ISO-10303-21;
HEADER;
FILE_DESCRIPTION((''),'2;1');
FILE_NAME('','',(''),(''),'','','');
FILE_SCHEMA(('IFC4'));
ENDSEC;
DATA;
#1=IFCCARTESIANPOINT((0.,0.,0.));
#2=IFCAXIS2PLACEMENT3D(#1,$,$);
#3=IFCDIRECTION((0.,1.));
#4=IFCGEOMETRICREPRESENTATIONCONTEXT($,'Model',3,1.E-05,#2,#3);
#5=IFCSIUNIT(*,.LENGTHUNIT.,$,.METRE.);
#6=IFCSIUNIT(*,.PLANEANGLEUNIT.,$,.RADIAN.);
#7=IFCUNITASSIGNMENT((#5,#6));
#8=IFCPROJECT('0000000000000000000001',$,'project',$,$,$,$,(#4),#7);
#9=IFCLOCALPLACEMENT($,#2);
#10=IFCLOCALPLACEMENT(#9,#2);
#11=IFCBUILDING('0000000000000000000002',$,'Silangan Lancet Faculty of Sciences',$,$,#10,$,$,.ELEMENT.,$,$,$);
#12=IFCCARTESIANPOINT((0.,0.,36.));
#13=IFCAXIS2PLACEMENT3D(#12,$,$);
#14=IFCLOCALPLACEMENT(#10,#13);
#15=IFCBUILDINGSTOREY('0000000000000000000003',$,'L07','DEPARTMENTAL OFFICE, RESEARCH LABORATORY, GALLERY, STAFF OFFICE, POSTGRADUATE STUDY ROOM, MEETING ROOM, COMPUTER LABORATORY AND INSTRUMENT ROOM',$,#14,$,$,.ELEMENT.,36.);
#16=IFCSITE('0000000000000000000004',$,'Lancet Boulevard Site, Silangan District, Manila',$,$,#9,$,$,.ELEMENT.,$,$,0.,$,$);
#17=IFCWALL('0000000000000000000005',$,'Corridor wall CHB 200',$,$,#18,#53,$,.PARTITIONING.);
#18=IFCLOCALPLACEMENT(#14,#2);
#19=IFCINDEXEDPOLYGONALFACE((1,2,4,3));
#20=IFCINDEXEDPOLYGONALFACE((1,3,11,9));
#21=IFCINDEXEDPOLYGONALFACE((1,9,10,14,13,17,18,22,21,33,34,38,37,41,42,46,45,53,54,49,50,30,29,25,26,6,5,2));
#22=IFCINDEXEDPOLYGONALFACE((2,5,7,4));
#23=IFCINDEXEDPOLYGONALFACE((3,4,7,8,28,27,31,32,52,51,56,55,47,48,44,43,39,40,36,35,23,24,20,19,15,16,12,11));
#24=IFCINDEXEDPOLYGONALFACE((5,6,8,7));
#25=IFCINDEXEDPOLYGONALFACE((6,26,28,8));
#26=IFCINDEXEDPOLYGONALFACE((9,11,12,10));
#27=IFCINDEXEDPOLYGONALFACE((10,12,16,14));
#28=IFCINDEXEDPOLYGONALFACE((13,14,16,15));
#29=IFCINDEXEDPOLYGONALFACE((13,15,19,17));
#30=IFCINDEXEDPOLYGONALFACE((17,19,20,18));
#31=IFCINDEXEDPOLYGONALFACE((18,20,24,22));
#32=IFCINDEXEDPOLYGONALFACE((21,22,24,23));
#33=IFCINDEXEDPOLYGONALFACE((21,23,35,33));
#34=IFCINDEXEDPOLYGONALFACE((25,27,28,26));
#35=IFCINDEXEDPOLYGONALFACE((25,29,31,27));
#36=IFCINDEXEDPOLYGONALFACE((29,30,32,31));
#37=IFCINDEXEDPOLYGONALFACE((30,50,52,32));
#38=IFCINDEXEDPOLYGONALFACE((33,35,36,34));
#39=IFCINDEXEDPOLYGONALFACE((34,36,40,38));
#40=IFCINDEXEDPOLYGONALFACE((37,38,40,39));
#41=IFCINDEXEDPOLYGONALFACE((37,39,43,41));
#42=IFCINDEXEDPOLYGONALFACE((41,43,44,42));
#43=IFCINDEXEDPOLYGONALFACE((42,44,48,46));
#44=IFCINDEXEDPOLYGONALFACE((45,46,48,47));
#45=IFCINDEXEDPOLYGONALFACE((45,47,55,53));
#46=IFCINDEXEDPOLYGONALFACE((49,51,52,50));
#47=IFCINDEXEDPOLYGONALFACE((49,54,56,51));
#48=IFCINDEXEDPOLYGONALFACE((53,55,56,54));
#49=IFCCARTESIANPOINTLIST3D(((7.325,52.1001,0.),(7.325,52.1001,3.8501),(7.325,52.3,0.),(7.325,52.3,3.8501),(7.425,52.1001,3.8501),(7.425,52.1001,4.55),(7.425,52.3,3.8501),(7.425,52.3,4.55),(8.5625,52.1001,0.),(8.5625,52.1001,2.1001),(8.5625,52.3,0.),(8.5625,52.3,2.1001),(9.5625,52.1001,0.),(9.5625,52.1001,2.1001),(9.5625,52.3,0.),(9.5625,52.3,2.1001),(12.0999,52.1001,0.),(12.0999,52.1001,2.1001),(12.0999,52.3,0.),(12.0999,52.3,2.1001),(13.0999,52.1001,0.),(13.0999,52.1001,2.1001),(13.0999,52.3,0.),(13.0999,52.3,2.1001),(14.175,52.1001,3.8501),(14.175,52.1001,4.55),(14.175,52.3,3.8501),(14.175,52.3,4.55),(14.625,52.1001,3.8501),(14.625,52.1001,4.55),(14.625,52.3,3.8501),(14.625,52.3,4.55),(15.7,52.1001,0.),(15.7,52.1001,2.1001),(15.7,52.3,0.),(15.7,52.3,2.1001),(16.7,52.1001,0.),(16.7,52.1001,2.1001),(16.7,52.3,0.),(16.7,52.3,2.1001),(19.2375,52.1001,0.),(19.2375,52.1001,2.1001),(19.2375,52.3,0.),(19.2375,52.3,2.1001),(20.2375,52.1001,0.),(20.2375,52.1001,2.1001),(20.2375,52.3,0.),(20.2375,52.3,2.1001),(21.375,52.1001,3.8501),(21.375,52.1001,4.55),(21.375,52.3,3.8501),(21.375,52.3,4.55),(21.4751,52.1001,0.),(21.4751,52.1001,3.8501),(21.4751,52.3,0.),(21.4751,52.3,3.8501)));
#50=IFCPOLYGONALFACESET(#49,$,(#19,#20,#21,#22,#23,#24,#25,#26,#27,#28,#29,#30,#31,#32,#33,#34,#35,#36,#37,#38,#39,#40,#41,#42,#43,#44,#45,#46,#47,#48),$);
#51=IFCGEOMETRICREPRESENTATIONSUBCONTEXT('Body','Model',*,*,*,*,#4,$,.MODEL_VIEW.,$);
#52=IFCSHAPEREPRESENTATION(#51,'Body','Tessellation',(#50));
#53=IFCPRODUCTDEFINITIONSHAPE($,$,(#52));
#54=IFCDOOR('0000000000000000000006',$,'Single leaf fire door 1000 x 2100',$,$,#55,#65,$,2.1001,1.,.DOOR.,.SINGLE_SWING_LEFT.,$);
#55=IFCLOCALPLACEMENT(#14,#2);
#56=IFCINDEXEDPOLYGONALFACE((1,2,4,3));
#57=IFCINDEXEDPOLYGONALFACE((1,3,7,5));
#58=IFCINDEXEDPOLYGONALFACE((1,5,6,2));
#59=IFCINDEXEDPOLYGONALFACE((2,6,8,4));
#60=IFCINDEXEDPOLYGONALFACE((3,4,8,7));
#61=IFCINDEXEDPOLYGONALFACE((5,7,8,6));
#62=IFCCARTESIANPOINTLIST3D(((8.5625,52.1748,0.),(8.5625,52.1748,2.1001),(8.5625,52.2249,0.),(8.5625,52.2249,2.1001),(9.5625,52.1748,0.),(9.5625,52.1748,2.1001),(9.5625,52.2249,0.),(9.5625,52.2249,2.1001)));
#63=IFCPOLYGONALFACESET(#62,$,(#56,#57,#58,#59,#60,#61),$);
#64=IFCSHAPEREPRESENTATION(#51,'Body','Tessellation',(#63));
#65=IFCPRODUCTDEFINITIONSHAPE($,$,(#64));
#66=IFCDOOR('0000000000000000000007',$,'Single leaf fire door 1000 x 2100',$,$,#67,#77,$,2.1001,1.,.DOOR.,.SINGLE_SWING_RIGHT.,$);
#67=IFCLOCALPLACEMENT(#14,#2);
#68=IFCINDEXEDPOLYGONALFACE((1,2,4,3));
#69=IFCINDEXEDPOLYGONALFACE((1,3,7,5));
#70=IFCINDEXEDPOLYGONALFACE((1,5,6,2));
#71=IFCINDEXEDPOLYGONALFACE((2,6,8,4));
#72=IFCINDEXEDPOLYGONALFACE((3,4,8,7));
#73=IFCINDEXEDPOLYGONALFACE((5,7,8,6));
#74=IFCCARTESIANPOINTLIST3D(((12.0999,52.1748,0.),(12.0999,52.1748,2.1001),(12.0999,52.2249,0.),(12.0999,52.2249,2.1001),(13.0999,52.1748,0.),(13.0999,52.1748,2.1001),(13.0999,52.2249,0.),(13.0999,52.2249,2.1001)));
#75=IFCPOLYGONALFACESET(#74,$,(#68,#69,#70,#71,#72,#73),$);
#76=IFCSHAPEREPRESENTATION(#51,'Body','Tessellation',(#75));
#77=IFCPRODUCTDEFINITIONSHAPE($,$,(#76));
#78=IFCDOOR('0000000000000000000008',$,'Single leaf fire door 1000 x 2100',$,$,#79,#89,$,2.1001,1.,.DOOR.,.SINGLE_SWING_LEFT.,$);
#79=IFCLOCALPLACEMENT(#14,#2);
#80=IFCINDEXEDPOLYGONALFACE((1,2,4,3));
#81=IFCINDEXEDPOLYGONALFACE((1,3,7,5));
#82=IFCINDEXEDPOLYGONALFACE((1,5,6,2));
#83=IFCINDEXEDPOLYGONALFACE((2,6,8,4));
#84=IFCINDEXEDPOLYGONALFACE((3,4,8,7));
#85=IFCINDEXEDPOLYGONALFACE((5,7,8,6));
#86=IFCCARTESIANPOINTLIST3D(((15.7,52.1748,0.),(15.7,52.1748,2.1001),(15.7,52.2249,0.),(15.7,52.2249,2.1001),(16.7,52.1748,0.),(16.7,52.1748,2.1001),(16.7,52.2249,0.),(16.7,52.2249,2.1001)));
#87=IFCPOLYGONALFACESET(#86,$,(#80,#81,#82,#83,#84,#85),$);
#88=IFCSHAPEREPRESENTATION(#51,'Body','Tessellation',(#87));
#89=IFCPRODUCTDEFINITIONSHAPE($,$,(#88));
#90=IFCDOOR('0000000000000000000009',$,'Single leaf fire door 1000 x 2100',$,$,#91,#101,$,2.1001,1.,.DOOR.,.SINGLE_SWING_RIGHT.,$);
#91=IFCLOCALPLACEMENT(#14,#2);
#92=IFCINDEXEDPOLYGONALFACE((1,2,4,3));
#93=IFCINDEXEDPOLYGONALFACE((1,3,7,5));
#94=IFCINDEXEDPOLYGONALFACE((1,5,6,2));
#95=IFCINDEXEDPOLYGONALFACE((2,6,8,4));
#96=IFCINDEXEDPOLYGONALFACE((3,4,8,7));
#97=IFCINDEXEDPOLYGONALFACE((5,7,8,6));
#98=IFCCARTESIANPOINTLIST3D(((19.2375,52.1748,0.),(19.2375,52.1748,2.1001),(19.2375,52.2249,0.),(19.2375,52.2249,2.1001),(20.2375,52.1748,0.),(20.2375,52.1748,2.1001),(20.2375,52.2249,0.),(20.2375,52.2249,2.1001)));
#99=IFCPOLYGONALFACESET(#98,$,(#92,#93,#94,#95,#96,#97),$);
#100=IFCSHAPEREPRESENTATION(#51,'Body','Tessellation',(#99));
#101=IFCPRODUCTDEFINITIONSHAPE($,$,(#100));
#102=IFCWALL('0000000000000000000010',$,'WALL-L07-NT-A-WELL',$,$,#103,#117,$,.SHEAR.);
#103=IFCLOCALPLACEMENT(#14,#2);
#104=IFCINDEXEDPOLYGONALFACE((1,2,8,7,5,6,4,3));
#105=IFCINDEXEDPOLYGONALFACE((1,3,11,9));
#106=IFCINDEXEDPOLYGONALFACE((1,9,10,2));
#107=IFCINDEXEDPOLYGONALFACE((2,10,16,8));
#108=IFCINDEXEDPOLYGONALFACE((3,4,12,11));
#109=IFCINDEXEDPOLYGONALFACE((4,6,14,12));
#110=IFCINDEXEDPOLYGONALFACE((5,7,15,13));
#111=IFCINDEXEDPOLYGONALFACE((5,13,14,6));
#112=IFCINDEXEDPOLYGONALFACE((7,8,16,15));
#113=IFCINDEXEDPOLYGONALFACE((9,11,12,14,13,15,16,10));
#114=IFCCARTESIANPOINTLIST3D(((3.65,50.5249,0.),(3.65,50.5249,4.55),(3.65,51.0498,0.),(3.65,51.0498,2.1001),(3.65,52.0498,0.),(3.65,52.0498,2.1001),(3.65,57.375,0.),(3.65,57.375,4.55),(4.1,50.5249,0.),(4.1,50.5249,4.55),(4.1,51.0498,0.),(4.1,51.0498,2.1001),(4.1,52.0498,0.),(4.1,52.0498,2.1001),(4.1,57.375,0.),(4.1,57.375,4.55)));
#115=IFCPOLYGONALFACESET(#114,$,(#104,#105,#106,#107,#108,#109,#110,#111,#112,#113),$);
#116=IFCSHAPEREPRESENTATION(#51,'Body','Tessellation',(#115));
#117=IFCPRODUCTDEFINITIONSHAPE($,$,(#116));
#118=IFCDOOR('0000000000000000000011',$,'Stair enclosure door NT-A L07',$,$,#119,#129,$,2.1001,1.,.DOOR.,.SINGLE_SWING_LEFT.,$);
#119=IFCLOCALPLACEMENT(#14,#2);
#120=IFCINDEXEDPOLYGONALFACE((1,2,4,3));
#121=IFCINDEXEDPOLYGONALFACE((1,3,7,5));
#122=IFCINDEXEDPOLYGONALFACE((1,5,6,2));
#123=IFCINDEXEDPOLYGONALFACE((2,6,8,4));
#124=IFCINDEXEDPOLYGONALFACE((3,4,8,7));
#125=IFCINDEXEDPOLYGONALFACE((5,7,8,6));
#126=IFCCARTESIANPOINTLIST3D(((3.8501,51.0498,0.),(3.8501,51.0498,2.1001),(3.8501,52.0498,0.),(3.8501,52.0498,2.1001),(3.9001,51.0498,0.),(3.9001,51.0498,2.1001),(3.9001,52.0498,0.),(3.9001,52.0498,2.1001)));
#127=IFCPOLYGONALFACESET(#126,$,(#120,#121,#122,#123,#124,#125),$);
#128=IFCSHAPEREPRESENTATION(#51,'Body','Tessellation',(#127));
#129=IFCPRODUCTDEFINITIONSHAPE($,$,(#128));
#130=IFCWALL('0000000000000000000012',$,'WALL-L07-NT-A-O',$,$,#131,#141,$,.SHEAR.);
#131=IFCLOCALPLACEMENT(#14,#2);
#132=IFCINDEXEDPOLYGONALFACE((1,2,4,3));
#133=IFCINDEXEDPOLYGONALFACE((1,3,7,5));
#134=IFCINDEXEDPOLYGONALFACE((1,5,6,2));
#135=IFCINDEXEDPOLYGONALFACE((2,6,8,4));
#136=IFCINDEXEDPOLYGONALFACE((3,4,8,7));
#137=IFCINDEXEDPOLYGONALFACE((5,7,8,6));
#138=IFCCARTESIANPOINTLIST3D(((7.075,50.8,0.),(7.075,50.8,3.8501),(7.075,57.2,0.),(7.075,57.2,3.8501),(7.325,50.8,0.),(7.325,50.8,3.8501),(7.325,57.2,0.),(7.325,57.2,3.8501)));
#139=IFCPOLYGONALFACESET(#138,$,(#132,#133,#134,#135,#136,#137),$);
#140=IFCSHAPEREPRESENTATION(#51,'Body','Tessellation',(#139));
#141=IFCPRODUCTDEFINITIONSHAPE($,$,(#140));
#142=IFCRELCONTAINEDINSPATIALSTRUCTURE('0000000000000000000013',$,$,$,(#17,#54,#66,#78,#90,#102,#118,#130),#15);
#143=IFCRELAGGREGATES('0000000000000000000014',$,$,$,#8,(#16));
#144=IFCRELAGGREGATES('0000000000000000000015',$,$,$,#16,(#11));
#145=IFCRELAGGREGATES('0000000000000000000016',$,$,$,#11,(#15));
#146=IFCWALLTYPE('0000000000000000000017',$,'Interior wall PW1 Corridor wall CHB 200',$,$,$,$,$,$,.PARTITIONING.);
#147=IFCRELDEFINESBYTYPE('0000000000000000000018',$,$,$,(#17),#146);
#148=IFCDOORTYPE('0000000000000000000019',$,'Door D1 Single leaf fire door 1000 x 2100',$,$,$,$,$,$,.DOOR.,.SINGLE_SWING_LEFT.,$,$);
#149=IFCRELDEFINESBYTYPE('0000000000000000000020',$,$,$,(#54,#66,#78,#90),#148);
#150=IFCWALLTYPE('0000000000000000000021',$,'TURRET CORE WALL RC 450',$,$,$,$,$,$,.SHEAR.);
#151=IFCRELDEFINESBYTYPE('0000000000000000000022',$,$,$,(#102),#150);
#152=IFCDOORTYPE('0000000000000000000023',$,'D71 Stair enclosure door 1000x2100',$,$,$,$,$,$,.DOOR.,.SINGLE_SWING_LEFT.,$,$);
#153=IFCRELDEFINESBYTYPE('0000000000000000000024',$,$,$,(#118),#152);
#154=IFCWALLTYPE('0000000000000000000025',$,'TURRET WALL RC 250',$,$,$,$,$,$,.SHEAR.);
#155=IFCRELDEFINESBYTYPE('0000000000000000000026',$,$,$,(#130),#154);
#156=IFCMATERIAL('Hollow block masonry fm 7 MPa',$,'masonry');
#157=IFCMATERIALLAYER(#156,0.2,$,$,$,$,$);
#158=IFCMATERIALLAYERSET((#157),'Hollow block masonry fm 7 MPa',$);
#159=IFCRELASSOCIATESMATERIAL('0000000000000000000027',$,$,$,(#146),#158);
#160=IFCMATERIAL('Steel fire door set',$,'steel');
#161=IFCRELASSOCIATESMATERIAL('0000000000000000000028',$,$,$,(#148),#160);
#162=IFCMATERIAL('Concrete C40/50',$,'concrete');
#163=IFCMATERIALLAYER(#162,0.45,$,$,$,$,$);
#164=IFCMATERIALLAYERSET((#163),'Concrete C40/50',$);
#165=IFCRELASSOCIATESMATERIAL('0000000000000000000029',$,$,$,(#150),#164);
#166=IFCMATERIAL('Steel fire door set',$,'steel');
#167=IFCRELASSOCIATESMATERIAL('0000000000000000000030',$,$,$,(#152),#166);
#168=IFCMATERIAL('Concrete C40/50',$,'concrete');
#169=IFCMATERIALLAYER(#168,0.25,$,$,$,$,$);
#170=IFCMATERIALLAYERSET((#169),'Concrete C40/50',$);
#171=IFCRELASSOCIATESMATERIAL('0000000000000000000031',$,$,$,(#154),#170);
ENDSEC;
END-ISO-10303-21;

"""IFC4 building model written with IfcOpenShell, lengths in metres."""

from ifc_helpers import new_model, si_unit, direction, frame, frame_2d, origin, place, context, subcontext, project, spatial, polyline, rectangle, outline, extrude, material, layer, layer_set, type_object, element, fill, save


model = new_model("IFC4")

# Units and contexts
model_context = context("Model", 3, precision=1e-05, world=origin(), true_north=direction((0.0, 1.0)))
body_context = subcontext(model_context, "Body", "Model", "MODEL_VIEW")
ifc_project = project(units=[si_unit("LENGTHUNIT", "METRE"), si_unit("PLANEANGLEUNIT", "RADIAN")], contexts=[model_context])

# Site, building, storey
site_placement = place(None, origin())
site = spatial("IfcSite", under=ifc_project, at=site_placement, Name="Lancet Boulevard Site, Silangan District, Manila", CompositionType="ELEMENT", RefElevation=0.0)
building_placement = place(site_placement, origin())
building = spatial("IfcBuilding", under=site, at=building_placement, Name="Silangan Lancet Faculty of Sciences", CompositionType="ELEMENT")
storey_placement = place(building_placement, frame((0.0, 0.0, 36.0)))
storey = spatial("IfcBuildingStorey", under=building, at=storey_placement, Name="L07", Description="DEPARTMENTAL OFFICE, RESEARCH LABORATORY, GALLERY, STAFF OFFICE, POSTGRADUATE STUDY ROOM, MEETING ROOM, COMPUTER LABORATORY AND INSTRUMENT ROOM", CompositionType="ELEMENT", Elevation=36.0)

# Wall, openings, doors
ifc_material_1 = material(Name="Hollow block masonry fm 7 MPa", Category="masonry")
ifc_layer_1 = layer(ifc_material_1, 0.2)
ifc_layer_set_1 = layer_set([ifc_layer_1], Name="Hollow block masonry fm 7 MPa")
wall_type_1 = type_object("IfcWallType", Name="Interior wall PW1 Corridor wall CHB 200", PredefinedType="PARTITIONING", material=ifc_layer_set_1)
wall_1_placement = place(storey_placement, frame((7.325, 52.2, 0.0), z_axis=(0.0, 0.0, 1.0), x_axis=(1.0, 0.0, 0.0)))
wall_1 = element("IfcWall", 1, at=wall_1_placement, inside=storey, type_object=wall_type_1, Name="Corridor wall CHB 200", PredefinedType="PARTITIONING", context=body_context, shape_type="SweptSolid", body=[
    extrude(outline(polyline([(0.0, 0.0), (14.1501, 0.0), (14.1501, 3.8501), (14.05, 3.8501), (14.05, 4.55), (7.3, 4.55), (7.3, 3.8501), (6.8501, 3.8501), (6.8501, 4.55), (0.1001, 4.55), (0.1001, 3.8501), (0.0, 3.8501), (0.0, 0.0)])), frame((0.0, 0.1001, 0.0), z_axis=(0.0, -1.0, 0.0), x_axis=(1.0, 0.0, 0.0)), (0.0, 0.0, 1.0), 0.2),
])
opening_1_placement = place(wall_1_placement, frame((1.2375, 0.0, 0.0)))
opening_1 = element("IfcOpeningElement", 2, at=opening_1_placement, cuts=wall_1, PredefinedType="OPENING", context=body_context, shape_type="SweptSolid", body=[
    extrude(rectangle(XDim=1.0, YDim=2.1001, at=frame_2d((0.5, 1.05))), frame((0.0, 0.1099, 0.0), z_axis=(0.0, -1.0, 0.0), x_axis=(1.0, 0.0, 0.0)), (0.0, 0.0, 1.0), 0.22),
])
opening_2_placement = place(wall_1_placement, frame((4.7749, 0.0, 0.0)))
opening_2 = element("IfcOpeningElement", 3, at=opening_2_placement, cuts=wall_1, PredefinedType="OPENING", context=body_context, shape_type="SweptSolid", body=[
    extrude(rectangle(XDim=1.0, YDim=2.1001, at=frame_2d((0.5, 1.05))), frame((0.0, 0.1099, 0.0), z_axis=(0.0, -1.0, 0.0), x_axis=(1.0, 0.0, 0.0)), (0.0, 0.0, 1.0), 0.22),
])
opening_3_placement = place(wall_1_placement, frame((8.375, 0.0, 0.0)))
opening_3 = element("IfcOpeningElement", 4, at=opening_3_placement, cuts=wall_1, PredefinedType="OPENING", context=body_context, shape_type="SweptSolid", body=[
    extrude(rectangle(XDim=1.0, YDim=2.1001, at=frame_2d((0.5, 1.05))), frame((0.0, 0.1099, 0.0), z_axis=(0.0, -1.0, 0.0), x_axis=(1.0, 0.0, 0.0)), (0.0, 0.0, 1.0), 0.22),
])
opening_4_placement = place(wall_1_placement, frame((11.9126, 0.0, 0.0)))
opening_4 = element("IfcOpeningElement", 5, at=opening_4_placement, cuts=wall_1, PredefinedType="OPENING", context=body_context, shape_type="SweptSolid", body=[
    extrude(rectangle(XDim=1.0, YDim=2.1001, at=frame_2d((0.5, 1.05))), frame((0.0, 0.1099, 0.0), z_axis=(0.0, -1.0, 0.0), x_axis=(1.0, 0.0, 0.0)), (0.0, 0.0, 1.0), 0.22),
])
ifc_material_2 = material(Name="Steel fire door set", Category="steel")
door_type_1 = type_object("IfcDoorType", Name="Door D1 Single leaf fire door 1000 x 2100", OperationType="SINGLE_SWING_LEFT", PredefinedType="DOOR", material=ifc_material_2)
door_1_placement = place(opening_1_placement, origin())
door_1 = element("IfcDoor", 6, at=door_1_placement, inside=storey, type_object=door_type_1, Name="Single leaf fire door 1000 x 2100", OperationType="SINGLE_SWING_LEFT", OverallHeight=2.1001, OverallWidth=1.0, PredefinedType="DOOR", context=body_context, shape_type="SweptSolid", body=[
    extrude(rectangle(XDim=1.0, YDim=2.1001, at=frame_2d((0.5, 1.05))), frame((0.0, 0.0249, 0.0), z_axis=(0.0, -1.0, 0.0), x_axis=(1.0, 0.0, 0.0)), (0.0, 0.0, 1.0), 0.05),
])
fill(opening_1, door_1)
door_2_placement = place(opening_2_placement, origin())
door_2 = element("IfcDoor", 7, at=door_2_placement, inside=storey, type_object=door_type_1, Name="Single leaf fire door 1000 x 2100", OperationType="SINGLE_SWING_RIGHT", OverallHeight=2.1001, OverallWidth=1.0, PredefinedType="DOOR", context=body_context, shape_type="SweptSolid", body=[
    extrude(rectangle(XDim=1.0, YDim=2.1001, at=frame_2d((0.5, 1.05))), frame((0.0, 0.0249, 0.0), z_axis=(0.0, -1.0, 0.0), x_axis=(1.0, 0.0, 0.0)), (0.0, 0.0, 1.0), 0.05),
])
fill(opening_2, door_2)
door_3_placement = place(opening_3_placement, origin())
door_3 = element("IfcDoor", 8, at=door_3_placement, inside=storey, type_object=door_type_1, Name="Single leaf fire door 1000 x 2100", OperationType="SINGLE_SWING_LEFT", OverallHeight=2.1001, OverallWidth=1.0, PredefinedType="DOOR", context=body_context, shape_type="SweptSolid", body=[
    extrude(rectangle(XDim=1.0, YDim=2.1001, at=frame_2d((0.5, 1.05))), frame((0.0, 0.0249, 0.0), z_axis=(0.0, -1.0, 0.0), x_axis=(1.0, 0.0, 0.0)), (0.0, 0.0, 1.0), 0.05),
])
fill(opening_3, door_3)
door_4_placement = place(opening_4_placement, origin())
door_4 = element("IfcDoor", 9, at=door_4_placement, inside=storey, type_object=door_type_1, Name="Single leaf fire door 1000 x 2100", OperationType="SINGLE_SWING_RIGHT", OverallHeight=2.1001, OverallWidth=1.0, PredefinedType="DOOR", context=body_context, shape_type="SweptSolid", body=[
    extrude(rectangle(XDim=1.0, YDim=2.1001, at=frame_2d((0.5, 1.05))), frame((0.0, 0.0249, 0.0), z_axis=(0.0, -1.0, 0.0), x_axis=(1.0, 0.0, 0.0)), (0.0, 0.0, 1.0), 0.05),
])
fill(opening_4, door_4)

# Wall, opening, door
ifc_material_3 = material(Name="Concrete C40/50", Category="concrete")
ifc_layer_2 = layer(ifc_material_3, 0.45)
ifc_layer_set_2 = layer_set([ifc_layer_2], Name="Concrete C40/50")
wall_type_2 = type_object("IfcWallType", Name="TURRET CORE WALL RC 450", PredefinedType="SHEAR", material=ifc_layer_set_2)
wall_2_placement = place(storey_placement, frame((3.875, 50.5249, 0.0), z_axis=(0.0, 0.0, 1.0), x_axis=(0.0, 1.0, 0.0)))
wall_2 = element("IfcWall", 10, at=wall_2_placement, inside=storey, type_object=wall_type_2, Name="WALL-L07-NT-A-WELL", PredefinedType="SHEAR", context=body_context, shape_type="SweptSolid", body=[
    extrude(rectangle(XDim=6.8501, YDim=0.45, at=frame_2d((3.425, 0.0))), origin(), (0.0, 0.0, 1.0), 4.55),
])
opening_5_placement = place(wall_2_placement, frame((0.5249, 0.0, 0.0)))
opening_5 = element("IfcOpeningElement", 11, at=opening_5_placement, cuts=wall_2, PredefinedType="OPENING", context=body_context, shape_type="SweptSolid", body=[
    extrude(rectangle(XDim=1.0, YDim=2.1001, at=frame_2d((0.5, 1.05))), frame((0.0, 0.2349, 0.0), z_axis=(0.0, -1.0, 0.0), x_axis=(1.0, 0.0, 0.0)), (0.0, 0.0, 1.0), 0.47),
])
ifc_material_4 = material(Name="Steel fire door set", Category="steel")
door_type_2 = type_object("IfcDoorType", Name="D71 Stair enclosure door 1000x2100", OperationType="SINGLE_SWING_LEFT", PredefinedType="DOOR", material=ifc_material_4)
door_5_placement = place(opening_5_placement, origin())
door_5 = element("IfcDoor", 12, at=door_5_placement, inside=storey, type_object=door_type_2, Name="Stair enclosure door NT-A L07", OperationType="SINGLE_SWING_LEFT", OverallHeight=2.1001, OverallWidth=1.0, PredefinedType="DOOR", context=body_context, shape_type="SweptSolid", body=[
    extrude(rectangle(XDim=1.0, YDim=2.1001, at=frame_2d((0.5, 1.05))), frame((0.0, 0.0249, 0.0), z_axis=(0.0, -1.0, 0.0), x_axis=(1.0, 0.0, 0.0)), (0.0, 0.0, 1.0), 0.05),
])
fill(opening_5, door_5)

# Wall
ifc_material_5 = material(Name="Concrete C40/50", Category="concrete")
ifc_layer_3 = layer(ifc_material_5, 0.25)
ifc_layer_set_3 = layer_set([ifc_layer_3], Name="Concrete C40/50")
wall_type_3 = type_object("IfcWallType", Name="TURRET WALL RC 250", PredefinedType="SHEAR", material=ifc_layer_set_3)
wall_3_placement = place(storey_placement, frame((7.2, 50.8, 0.0), z_axis=(0.0, 0.0, 1.0), x_axis=(0.0, 1.0, 0.0)))
element("IfcWall", 13, at=wall_3_placement, inside=storey, type_object=wall_type_3, Name="WALL-L07-NT-A-O", PredefinedType="SHEAR", context=body_context, shape_type="SweptSolid", body=[
    extrude(rectangle(XDim=6.3999, YDim=0.25, at=frame_2d((3.2, 0.0))), origin(), (0.0, 0.0, 1.0), 3.8501),
])

save(model, "model.ifc")
